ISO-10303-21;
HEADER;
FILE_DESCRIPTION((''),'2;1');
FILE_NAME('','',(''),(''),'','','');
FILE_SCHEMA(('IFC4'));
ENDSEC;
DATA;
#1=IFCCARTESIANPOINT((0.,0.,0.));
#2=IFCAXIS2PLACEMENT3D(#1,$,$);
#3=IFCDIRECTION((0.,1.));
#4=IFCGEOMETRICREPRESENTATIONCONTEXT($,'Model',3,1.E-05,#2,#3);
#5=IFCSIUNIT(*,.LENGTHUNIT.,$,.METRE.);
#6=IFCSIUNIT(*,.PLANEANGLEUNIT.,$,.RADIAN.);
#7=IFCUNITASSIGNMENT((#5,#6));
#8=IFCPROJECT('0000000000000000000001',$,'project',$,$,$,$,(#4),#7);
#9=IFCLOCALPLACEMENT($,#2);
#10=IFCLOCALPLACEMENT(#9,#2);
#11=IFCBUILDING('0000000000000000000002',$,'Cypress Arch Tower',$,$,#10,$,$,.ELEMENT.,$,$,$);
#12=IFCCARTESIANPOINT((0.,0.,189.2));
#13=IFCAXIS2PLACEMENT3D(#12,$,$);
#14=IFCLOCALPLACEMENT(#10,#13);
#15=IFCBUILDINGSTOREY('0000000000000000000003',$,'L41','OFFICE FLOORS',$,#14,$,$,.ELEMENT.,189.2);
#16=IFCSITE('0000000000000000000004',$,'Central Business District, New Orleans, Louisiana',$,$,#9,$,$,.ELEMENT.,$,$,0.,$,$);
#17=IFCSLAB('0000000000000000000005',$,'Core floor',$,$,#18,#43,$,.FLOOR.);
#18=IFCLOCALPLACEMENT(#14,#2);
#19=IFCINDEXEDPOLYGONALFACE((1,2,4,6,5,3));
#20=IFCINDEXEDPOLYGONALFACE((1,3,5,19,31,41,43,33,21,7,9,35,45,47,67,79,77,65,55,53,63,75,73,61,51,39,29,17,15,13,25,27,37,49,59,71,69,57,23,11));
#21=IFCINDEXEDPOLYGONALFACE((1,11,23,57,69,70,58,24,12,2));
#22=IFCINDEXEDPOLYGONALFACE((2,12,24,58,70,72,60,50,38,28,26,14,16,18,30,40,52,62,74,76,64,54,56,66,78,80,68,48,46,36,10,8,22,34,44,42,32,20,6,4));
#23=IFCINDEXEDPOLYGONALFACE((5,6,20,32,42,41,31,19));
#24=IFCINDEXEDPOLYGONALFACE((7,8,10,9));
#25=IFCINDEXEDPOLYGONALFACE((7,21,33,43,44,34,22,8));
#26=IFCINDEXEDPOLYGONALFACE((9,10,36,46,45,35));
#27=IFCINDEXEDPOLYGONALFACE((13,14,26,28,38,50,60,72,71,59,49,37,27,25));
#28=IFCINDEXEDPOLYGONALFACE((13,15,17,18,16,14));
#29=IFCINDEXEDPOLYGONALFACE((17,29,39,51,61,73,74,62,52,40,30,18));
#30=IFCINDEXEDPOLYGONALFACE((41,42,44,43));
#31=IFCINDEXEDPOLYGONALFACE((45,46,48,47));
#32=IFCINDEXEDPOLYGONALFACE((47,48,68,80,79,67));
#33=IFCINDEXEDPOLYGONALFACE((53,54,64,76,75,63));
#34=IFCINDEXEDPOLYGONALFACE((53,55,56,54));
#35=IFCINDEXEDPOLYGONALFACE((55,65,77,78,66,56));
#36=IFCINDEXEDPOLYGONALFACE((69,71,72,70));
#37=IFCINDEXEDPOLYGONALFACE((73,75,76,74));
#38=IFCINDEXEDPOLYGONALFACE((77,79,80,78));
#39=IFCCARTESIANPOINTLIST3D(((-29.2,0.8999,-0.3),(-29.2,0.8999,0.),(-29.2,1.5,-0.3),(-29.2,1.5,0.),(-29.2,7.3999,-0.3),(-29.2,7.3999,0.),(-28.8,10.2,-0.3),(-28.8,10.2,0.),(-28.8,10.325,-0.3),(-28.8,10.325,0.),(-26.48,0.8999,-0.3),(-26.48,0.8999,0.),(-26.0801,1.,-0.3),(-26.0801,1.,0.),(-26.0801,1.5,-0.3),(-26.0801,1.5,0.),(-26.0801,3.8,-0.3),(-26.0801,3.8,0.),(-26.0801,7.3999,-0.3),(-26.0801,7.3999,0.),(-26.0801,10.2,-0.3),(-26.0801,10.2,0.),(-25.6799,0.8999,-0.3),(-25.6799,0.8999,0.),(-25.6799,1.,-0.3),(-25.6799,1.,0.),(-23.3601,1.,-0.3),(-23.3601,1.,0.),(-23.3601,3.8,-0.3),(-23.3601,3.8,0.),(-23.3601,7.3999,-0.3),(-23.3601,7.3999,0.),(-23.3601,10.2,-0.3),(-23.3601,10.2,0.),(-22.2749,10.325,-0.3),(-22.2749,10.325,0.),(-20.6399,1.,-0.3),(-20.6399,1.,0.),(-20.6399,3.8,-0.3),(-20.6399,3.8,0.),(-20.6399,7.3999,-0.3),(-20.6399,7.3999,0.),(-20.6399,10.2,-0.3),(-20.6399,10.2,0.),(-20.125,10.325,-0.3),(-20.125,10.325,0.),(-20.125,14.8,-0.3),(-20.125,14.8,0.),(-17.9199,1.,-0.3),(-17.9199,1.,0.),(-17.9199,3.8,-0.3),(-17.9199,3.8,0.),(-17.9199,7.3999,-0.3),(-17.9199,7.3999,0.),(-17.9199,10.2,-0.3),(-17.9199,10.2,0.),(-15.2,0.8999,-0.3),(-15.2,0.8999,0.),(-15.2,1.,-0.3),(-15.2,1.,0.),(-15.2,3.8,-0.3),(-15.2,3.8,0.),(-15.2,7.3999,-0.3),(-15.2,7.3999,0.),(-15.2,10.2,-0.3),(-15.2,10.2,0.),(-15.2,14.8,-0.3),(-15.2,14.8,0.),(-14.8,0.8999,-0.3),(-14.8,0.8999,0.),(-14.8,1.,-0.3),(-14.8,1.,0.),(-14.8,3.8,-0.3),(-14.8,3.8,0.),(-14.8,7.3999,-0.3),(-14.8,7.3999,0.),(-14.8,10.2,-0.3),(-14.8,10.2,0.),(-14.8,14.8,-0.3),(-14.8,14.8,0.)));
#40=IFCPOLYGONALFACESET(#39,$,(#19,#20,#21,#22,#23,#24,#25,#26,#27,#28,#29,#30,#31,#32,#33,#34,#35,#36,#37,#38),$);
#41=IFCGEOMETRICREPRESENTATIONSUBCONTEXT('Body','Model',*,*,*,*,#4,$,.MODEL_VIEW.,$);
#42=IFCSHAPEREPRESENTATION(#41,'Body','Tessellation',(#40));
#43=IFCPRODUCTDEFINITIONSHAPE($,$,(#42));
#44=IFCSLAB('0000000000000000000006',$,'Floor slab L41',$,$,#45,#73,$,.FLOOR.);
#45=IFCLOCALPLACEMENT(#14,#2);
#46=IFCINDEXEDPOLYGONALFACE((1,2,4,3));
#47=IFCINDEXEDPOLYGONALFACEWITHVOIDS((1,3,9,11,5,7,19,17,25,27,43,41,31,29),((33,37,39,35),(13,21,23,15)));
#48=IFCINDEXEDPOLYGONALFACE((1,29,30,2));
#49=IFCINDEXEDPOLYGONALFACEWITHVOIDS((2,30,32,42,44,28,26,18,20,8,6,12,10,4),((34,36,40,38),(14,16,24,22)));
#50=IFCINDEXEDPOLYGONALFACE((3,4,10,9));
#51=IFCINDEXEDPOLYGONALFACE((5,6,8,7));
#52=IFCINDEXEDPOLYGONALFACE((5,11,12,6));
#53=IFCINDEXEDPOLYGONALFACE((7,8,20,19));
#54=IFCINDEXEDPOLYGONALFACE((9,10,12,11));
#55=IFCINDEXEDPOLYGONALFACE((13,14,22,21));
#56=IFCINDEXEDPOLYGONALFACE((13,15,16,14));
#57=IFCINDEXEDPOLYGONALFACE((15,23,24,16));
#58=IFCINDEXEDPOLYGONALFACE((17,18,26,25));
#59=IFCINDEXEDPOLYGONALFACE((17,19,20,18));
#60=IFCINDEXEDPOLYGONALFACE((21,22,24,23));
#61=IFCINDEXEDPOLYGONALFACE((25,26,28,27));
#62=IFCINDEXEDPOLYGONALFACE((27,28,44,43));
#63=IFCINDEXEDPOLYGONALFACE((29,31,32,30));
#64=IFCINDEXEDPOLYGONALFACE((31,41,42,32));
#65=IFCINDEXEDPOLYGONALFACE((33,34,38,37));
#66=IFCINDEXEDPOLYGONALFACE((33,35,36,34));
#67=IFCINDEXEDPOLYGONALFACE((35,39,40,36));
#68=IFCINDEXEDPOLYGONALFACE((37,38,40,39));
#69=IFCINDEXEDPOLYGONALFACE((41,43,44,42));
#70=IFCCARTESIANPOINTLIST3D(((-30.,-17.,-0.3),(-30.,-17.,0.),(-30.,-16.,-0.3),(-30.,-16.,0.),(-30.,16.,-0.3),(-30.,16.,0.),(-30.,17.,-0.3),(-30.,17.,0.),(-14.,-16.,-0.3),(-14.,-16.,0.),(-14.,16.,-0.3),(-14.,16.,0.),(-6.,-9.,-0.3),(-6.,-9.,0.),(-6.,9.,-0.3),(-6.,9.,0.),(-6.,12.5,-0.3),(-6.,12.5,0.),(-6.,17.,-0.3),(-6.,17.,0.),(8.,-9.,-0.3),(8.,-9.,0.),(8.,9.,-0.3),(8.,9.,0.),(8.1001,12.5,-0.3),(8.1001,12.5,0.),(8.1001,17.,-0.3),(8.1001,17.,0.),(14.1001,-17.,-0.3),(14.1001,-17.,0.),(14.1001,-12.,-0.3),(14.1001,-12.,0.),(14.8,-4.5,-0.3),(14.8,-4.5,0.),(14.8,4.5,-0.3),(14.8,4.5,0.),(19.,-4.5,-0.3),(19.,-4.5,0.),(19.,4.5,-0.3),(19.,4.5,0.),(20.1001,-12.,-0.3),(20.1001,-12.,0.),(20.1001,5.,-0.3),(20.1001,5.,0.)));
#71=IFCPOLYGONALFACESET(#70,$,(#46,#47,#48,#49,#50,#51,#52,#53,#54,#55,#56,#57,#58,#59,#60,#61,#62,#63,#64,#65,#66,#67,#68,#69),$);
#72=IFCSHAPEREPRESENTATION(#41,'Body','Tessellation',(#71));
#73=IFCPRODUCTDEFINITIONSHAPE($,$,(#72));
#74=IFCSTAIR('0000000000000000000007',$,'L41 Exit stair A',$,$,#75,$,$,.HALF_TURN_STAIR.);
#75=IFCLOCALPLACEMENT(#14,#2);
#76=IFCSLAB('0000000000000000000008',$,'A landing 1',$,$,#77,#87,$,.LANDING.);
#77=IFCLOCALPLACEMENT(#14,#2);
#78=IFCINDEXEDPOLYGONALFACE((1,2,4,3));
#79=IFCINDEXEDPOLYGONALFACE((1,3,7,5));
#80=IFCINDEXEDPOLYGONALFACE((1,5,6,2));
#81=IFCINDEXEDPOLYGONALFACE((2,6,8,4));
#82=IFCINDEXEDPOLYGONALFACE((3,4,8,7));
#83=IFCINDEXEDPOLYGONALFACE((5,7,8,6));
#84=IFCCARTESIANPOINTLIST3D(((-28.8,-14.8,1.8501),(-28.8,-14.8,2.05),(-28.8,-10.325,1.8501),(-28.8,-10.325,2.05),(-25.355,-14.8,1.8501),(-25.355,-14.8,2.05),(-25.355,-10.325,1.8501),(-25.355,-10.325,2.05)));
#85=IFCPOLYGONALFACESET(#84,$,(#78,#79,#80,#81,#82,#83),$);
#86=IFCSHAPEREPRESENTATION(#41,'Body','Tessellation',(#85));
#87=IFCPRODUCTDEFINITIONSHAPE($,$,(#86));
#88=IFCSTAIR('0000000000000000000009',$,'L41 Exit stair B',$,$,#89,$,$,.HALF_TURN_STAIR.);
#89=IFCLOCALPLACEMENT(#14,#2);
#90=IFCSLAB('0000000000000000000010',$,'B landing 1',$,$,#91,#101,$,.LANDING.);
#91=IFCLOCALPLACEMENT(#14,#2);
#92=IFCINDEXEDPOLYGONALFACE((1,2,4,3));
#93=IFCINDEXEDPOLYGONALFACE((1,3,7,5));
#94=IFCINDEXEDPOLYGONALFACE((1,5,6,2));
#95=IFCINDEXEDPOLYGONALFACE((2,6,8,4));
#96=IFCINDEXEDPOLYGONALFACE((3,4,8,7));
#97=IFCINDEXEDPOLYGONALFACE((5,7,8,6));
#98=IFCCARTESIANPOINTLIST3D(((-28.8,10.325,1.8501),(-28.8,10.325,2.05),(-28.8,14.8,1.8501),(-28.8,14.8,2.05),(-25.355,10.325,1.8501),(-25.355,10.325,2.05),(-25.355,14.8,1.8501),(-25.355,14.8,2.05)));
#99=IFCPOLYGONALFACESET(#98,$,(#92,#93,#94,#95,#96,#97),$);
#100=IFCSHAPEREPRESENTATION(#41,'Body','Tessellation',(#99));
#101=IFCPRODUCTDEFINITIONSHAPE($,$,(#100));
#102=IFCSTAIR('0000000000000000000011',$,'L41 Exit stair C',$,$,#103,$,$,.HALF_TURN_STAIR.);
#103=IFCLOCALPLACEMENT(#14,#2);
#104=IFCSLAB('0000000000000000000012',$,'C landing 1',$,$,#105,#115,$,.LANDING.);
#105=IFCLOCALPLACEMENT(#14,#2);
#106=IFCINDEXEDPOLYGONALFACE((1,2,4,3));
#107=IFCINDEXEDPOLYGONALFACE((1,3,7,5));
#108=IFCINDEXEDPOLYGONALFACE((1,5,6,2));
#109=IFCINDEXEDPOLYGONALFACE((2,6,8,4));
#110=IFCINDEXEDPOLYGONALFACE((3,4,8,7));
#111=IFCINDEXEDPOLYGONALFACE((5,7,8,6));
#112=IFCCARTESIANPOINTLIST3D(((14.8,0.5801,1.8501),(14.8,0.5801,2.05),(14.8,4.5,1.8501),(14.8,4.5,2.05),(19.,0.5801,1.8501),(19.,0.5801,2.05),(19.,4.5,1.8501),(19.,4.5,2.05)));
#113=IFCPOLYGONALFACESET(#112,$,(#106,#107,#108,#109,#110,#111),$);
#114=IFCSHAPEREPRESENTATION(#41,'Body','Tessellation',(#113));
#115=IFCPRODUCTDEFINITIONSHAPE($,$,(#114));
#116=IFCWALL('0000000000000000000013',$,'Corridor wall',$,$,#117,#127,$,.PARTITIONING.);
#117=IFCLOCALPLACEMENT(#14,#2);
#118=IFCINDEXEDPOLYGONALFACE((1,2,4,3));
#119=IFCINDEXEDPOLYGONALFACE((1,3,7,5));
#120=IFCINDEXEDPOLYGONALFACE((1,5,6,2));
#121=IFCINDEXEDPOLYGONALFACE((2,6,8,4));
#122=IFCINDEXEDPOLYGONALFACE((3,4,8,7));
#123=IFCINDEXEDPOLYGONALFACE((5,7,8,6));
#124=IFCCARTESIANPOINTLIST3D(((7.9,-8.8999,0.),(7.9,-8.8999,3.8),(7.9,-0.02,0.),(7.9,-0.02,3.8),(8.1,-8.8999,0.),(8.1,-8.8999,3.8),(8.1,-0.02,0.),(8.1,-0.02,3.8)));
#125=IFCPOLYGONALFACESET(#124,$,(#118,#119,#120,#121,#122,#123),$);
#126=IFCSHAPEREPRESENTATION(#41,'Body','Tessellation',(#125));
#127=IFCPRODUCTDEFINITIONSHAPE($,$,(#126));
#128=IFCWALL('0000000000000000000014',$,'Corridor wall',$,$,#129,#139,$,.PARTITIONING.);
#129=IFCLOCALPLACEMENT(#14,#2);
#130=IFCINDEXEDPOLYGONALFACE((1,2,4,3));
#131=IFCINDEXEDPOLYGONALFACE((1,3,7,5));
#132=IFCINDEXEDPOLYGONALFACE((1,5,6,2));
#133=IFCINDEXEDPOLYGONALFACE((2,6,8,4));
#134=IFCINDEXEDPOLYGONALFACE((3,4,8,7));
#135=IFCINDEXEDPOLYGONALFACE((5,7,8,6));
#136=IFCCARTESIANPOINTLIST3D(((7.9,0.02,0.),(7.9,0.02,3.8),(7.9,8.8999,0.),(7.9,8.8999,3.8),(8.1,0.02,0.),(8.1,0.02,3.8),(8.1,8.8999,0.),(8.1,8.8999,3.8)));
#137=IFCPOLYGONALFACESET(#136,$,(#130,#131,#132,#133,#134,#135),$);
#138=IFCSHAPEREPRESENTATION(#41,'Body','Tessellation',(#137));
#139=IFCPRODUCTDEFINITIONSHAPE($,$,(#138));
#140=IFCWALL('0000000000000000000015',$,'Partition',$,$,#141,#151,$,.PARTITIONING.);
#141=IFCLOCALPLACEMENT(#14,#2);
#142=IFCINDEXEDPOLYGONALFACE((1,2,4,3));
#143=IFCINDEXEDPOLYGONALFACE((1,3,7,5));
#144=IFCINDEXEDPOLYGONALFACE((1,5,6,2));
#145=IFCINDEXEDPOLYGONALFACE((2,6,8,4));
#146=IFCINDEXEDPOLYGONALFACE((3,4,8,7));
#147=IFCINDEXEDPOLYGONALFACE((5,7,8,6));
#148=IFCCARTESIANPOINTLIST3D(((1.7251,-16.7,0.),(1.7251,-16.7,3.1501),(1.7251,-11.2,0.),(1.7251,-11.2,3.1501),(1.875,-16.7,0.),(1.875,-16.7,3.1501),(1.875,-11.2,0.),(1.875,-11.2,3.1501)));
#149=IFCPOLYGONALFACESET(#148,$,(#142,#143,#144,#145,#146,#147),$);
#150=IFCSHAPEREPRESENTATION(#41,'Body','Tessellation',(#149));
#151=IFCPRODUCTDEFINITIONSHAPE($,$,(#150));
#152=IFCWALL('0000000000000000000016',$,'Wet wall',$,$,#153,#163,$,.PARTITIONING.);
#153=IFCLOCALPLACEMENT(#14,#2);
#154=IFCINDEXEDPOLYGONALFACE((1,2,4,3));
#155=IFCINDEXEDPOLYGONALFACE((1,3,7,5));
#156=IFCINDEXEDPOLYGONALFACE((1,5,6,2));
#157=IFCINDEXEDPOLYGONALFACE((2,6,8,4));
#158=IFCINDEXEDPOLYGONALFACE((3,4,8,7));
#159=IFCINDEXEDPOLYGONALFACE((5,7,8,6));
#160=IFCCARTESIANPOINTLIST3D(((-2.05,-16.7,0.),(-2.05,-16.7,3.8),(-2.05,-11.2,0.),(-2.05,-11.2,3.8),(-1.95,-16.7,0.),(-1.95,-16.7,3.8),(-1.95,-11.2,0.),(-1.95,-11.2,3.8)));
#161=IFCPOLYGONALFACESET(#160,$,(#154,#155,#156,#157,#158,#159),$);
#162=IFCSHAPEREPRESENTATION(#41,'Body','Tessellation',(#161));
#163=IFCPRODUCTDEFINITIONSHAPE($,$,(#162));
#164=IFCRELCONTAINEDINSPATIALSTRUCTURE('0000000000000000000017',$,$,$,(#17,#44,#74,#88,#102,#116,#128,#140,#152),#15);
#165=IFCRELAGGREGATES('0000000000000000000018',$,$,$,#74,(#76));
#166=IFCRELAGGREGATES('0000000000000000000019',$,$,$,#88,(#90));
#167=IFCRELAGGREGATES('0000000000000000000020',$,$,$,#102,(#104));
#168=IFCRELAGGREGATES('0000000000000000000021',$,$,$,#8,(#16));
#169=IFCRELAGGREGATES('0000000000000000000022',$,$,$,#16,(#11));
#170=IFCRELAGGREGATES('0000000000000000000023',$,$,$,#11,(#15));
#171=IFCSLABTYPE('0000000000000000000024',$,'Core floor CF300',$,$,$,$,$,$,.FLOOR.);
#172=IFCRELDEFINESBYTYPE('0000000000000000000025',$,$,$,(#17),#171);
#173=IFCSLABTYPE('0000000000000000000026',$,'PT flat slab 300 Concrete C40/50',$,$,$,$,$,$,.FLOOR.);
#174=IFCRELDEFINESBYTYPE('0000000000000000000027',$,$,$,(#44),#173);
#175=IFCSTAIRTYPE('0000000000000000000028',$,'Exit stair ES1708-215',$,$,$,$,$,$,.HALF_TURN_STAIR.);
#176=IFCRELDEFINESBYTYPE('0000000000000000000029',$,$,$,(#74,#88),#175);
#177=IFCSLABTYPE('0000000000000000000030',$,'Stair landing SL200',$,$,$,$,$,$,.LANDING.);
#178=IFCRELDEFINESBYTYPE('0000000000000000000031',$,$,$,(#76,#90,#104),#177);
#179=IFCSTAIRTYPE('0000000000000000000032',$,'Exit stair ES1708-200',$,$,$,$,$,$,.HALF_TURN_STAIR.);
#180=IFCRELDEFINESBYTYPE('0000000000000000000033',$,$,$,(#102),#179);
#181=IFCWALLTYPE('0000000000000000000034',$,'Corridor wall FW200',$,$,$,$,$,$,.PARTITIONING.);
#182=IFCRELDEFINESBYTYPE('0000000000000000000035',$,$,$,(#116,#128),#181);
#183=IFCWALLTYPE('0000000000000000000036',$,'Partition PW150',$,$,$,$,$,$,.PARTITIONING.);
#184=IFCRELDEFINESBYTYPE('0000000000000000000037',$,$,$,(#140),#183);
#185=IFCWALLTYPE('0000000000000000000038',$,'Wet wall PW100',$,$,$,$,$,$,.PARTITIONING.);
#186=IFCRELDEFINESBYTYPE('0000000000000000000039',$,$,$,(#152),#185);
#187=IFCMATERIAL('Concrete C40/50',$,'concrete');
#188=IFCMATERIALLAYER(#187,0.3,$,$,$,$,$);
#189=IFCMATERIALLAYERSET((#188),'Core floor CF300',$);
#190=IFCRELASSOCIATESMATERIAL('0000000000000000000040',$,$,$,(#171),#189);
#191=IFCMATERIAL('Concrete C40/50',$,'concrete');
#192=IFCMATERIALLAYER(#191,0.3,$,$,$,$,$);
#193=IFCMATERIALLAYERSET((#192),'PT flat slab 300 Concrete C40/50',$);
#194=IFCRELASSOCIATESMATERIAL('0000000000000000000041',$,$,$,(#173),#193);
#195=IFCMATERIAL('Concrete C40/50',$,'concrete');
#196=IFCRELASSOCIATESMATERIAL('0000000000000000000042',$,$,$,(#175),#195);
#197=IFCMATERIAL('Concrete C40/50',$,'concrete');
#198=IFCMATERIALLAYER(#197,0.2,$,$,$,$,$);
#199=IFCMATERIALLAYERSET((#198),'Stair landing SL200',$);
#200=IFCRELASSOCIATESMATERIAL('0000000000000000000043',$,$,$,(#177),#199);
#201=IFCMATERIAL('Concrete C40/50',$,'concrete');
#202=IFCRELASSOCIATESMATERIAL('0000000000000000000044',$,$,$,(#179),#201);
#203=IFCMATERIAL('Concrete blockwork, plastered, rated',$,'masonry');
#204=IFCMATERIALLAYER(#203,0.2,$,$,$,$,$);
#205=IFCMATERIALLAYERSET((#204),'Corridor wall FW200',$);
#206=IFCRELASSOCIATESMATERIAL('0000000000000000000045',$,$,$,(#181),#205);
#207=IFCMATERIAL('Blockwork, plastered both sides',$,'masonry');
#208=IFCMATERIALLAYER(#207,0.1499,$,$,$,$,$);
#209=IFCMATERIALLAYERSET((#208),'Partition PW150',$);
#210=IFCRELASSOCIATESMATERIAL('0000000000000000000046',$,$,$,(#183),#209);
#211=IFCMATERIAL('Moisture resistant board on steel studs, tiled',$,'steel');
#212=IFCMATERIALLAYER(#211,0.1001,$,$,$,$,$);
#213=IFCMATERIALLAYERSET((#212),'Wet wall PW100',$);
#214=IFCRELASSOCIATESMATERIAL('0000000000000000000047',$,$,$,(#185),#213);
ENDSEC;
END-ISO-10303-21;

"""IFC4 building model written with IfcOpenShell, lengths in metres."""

from ifc_helpers import new_model, si_unit, direction, frame, frame_2d, origin, place, context, subcontext, project, spatial, polyline, rectangle, outline, extrude, material, layer, layer_set, type_object, element, aggregate, save


model = new_model("IFC4")

# Units and contexts
model_context = context("Model", 3, precision=1e-05, world=origin(), true_north=direction((0.0, 1.0)))
body_context = subcontext(model_context, "Body", "Model", "MODEL_VIEW")
ifc_project = project(units=[si_unit("LENGTHUNIT", "METRE"), si_unit("PLANEANGLEUNIT", "RADIAN")], contexts=[model_context])

# Site, building, storey
site_placement = place(None, origin())
site = spatial("IfcSite", under=ifc_project, at=site_placement, Name="Central Business District, New Orleans, Louisiana", CompositionType="ELEMENT", RefElevation=0.0)
building_placement = place(site_placement, origin())
building = spatial("IfcBuilding", under=site, at=building_placement, Name="Cypress Arch Tower", CompositionType="ELEMENT")
storey_placement = place(building_placement, frame((0.0, 0.0, 189.2)))
storey = spatial("IfcBuildingStorey", under=building, at=storey_placement, Name="L41", Description="OFFICE FLOORS", CompositionType="ELEMENT", Elevation=189.2)

# Slabs
ifc_material_1 = material(Name="Concrete C40/50", Category="concrete")
ifc_layer_1 = layer(ifc_material_1, 0.3)
ifc_layer_set_1 = layer_set([ifc_layer_1], Name="Core floor CF300")
slab_type_1 = type_object("IfcSlabType", Name="Core floor CF300", PredefinedType="FLOOR", material=ifc_layer_set_1)
slab_1_placement = place(storey_placement, frame((0.0, 0.0, -0.3)))
element("IfcSlab", 1, at=slab_1_placement, inside=storey, type_object=slab_type_1, Name="Core floor", PredefinedType="FLOOR", context=body_context, shape_type="SweptSolid", body=[
    extrude(outline(polyline([(-20.6399, 7.3999), (-20.6399, 10.2), (-23.3601, 10.2), (-26.0801, 10.2), (-28.8, 10.2), (-28.8, 10.325), (-22.2749, 10.325), (-20.125, 10.325), (-20.125, 14.8), (-15.2, 14.8), (-14.8, 14.8), (-14.8, 10.2), (-15.2, 10.2), (-17.9199, 10.2), (-17.9199, 7.3999), (-15.2, 7.3999), (-14.8, 7.3999), (-14.8, 3.8), (-15.2, 3.8), (-17.9199, 3.8), (-20.6399, 3.8), (-23.3601, 3.8), (-26.0801, 3.8), (-26.0801, 1.5), (-26.0801, 1.5), (-26.0801, 1.0), (-25.6799, 1.0), (-23.3601, 1.0), (-20.6399, 1.0), (-17.9199, 1.0), (-15.2, 1.0), (-14.8, 1.0), (-14.8, 0.8999), (-15.2, 0.8999), (-25.6799, 0.8999), (-26.48, 0.8999), (-29.2, 0.8999), (-29.2, 1.5), (-29.2, 7.3999), (-26.0801, 7.3999), (-23.3601, 7.3999), (-20.6399, 7.3999)])), origin(), (0.0, 0.0, 1.0), 0.3),
])
ifc_material_2 = material(Name="Concrete C40/50", Category="concrete")
ifc_layer_2 = layer(ifc_material_2, 0.3)
ifc_layer_set_2 = layer_set([ifc_layer_2], Name="PT flat slab 300 Concrete C40/50")
slab_type_2 = type_object("IfcSlabType", Name="PT flat slab 300 Concrete C40/50", PredefinedType="FLOOR", material=ifc_layer_set_2)
slab_2_placement = place(storey_placement, frame((0.0, 0.0, -0.3)))
element("IfcSlab", 2, at=slab_2_placement, inside=storey, type_object=slab_type_2, Name="Floor slab L41", PredefinedType="FLOOR", context=body_context, shape_type="SweptSolid", body=[
    extrude(outline(polyline([(-30.0, 17.0), (-6.0, 17.0), (-6.0, 12.5), (8.1001, 12.5), (8.1001, 17.0), (20.1001, 5.0), (20.1001, -12.0), (14.1001, -12.0), (14.1001, -17.0), (-30.0, -17.0), (-30.0, -16.0), (-14.0, -16.0), (-14.0, 16.0), (-30.0, 16.0), (-30.0, 17.0)]), holes=[polyline([(-6.0, -9.0), (8.0, -9.0), (8.0, 9.0), (-6.0, 9.0), (-6.0, -9.0)]), polyline([(14.8, -4.5), (19.0, -4.5), (19.0, 4.5), (14.8, 4.5), (14.8, -4.5)])]), origin(), (0.0, 0.0, 1.0), 0.3),
])

# Stairs, slabs
ifc_material_3 = material(Name="Concrete C40/50", Category="concrete")
stair_type_1 = type_object("IfcStairType", Name="Exit stair ES1708-215", PredefinedType="HALF_TURN_STAIR", material=ifc_material_3)
stair_1_placement = place(storey_placement, origin())
stair_1 = element("IfcStair", 3, at=stair_1_placement, inside=storey, type_object=stair_type_1, Name="L41 Exit stair A", PredefinedType="HALF_TURN_STAIR")
ifc_material_4 = material(Name="Concrete C40/50", Category="concrete")
ifc_layer_3 = layer(ifc_material_4, 0.2)
ifc_layer_set_3 = layer_set([ifc_layer_3], Name="Stair landing SL200")
slab_type_3 = type_object("IfcSlabType", Name="Stair landing SL200", PredefinedType="LANDING", material=ifc_layer_set_3)
slab_3_placement = place(storey_placement, frame((0.0, 0.0, 1.8501)))
slab_3 = element("IfcSlab", 4, at=slab_3_placement, type_object=slab_type_3, Name="A landing 1", PredefinedType="LANDING", context=body_context, shape_type="SweptSolid", body=[
    extrude(outline(polyline([(-25.355, -10.325), (-28.8, -10.325), (-28.8, -14.8), (-25.355, -14.8), (-25.355, -10.325)])), origin(), (0.0, 0.0, 1.0), 0.2),
])
aggregate(stair_1, [slab_3])
stair_2_placement = place(storey_placement, origin())
stair_2 = element("IfcStair", 5, at=stair_2_placement, inside=storey, type_object=stair_type_1, Name="L41 Exit stair B", PredefinedType="HALF_TURN_STAIR")
slab_4_placement = place(storey_placement, frame((0.0, 0.0, 1.8501)))
slab_4 = element("IfcSlab", 6, at=slab_4_placement, type_object=slab_type_3, Name="B landing 1", PredefinedType="LANDING", context=body_context, shape_type="SweptSolid", body=[
    extrude(outline(polyline([(-25.355, 14.8), (-28.8, 14.8), (-28.8, 10.325), (-25.355, 10.325), (-25.355, 14.8)])), origin(), (0.0, 0.0, 1.0), 0.2),
])
aggregate(stair_2, [slab_4])
ifc_material_5 = material(Name="Concrete C40/50", Category="concrete")
stair_type_2 = type_object("IfcStairType", Name="Exit stair ES1708-200", PredefinedType="HALF_TURN_STAIR", material=ifc_material_5)
stair_3_placement = place(storey_placement, origin())
stair_3 = element("IfcStair", 7, at=stair_3_placement, inside=storey, type_object=stair_type_2, Name="L41 Exit stair C", PredefinedType="HALF_TURN_STAIR")
slab_5_placement = place(storey_placement, frame((0.0, 0.0, 1.8501)))
slab_5 = element("IfcSlab", 8, at=slab_5_placement, type_object=slab_type_3, Name="C landing 1", PredefinedType="LANDING", context=body_context, shape_type="SweptSolid", body=[
    extrude(outline(polyline([(19.0, 0.5801), (19.0, 4.5), (14.8, 4.5), (14.8, 0.5801), (19.0, 0.5801)])), origin(), (0.0, 0.0, 1.0), 0.2),
])
aggregate(stair_3, [slab_5])

# Walls
ifc_material_6 = material(Name="Concrete blockwork, plastered, rated", Category="masonry")
ifc_layer_4 = layer(ifc_material_6, 0.2)
ifc_layer_set_4 = layer_set([ifc_layer_4], Name="Corridor wall FW200")
wall_type_1 = type_object("IfcWallType", Name="Corridor wall FW200", PredefinedType="PARTITIONING", material=ifc_layer_set_4)
for number, where, z_axis, x_axis, name in (
    (9, (8.0, -8.8999, 0.0), (0.0, 0.0, 1.0), (0.0, 1.0, 0.0), "Corridor wall"),
    (10, (8.0, 0.02, 0.0), (0.0, 0.0, 1.0), (0.0, 1.0, 0.0), "Corridor wall"),
):
    element("IfcWall", number, at=place(storey_placement, frame(where, z_axis=z_axis, x_axis=x_axis)), inside=storey, type_object=wall_type_1, Name=name, PredefinedType="PARTITIONING", context=body_context, shape_type="SweptSolid", body=[
        extrude(rectangle(XDim=8.8799, YDim=0.2, at=frame_2d((4.4399, 0.0))), origin(), (0.0, 0.0, 1.0), 3.8),
    ])
ifc_material_7 = material(Name="Blockwork, plastered both sides", Category="masonry")
ifc_layer_5 = layer(ifc_material_7, 0.1499)
ifc_layer_set_5 = layer_set([ifc_layer_5], Name="Partition PW150")
wall_type_2 = type_object("IfcWallType", Name="Partition PW150", PredefinedType="PARTITIONING", material=ifc_layer_set_5)
wall_1_placement = place(storey_placement, frame((1.8, -16.7, 0.0), z_axis=(0.0, 0.0, 1.0), x_axis=(0.0, 1.0, 0.0)))
element("IfcWall", 11, at=wall_1_placement, inside=storey, type_object=wall_type_2, Name="Partition", PredefinedType="PARTITIONING", context=body_context, shape_type="SweptSolid", body=[
    extrude(rectangle(XDim=5.5, YDim=0.1499, at=frame_2d((2.75, 0.0))), origin(), (0.0, 0.0, 1.0), 3.1501),
])
ifc_material_8 = material(Name="Moisture resistant board on steel studs, tiled", Category="steel")
ifc_layer_6 = layer(ifc_material_8, 0.1001)
ifc_layer_set_6 = layer_set([ifc_layer_6], Name="Wet wall PW100")
wall_type_3 = type_object("IfcWallType", Name="Wet wall PW100", PredefinedType="PARTITIONING", material=ifc_layer_set_6)
wall_2_placement = place(storey_placement, frame((-2.0, -16.7, 0.0), z_axis=(0.0, 0.0, 1.0), x_axis=(0.0, 1.0, 0.0)))
element("IfcWall", 12, at=wall_2_placement, inside=storey, type_object=wall_type_3, Name="Wet wall", PredefinedType="PARTITIONING", context=body_context, shape_type="SweptSolid", body=[
    extrude(rectangle(XDim=5.5, YDim=0.1001, at=frame_2d((2.75, 0.0))), origin(), (0.0, 0.0, 1.0), 3.8),
])

save(model, "model.ifc")
